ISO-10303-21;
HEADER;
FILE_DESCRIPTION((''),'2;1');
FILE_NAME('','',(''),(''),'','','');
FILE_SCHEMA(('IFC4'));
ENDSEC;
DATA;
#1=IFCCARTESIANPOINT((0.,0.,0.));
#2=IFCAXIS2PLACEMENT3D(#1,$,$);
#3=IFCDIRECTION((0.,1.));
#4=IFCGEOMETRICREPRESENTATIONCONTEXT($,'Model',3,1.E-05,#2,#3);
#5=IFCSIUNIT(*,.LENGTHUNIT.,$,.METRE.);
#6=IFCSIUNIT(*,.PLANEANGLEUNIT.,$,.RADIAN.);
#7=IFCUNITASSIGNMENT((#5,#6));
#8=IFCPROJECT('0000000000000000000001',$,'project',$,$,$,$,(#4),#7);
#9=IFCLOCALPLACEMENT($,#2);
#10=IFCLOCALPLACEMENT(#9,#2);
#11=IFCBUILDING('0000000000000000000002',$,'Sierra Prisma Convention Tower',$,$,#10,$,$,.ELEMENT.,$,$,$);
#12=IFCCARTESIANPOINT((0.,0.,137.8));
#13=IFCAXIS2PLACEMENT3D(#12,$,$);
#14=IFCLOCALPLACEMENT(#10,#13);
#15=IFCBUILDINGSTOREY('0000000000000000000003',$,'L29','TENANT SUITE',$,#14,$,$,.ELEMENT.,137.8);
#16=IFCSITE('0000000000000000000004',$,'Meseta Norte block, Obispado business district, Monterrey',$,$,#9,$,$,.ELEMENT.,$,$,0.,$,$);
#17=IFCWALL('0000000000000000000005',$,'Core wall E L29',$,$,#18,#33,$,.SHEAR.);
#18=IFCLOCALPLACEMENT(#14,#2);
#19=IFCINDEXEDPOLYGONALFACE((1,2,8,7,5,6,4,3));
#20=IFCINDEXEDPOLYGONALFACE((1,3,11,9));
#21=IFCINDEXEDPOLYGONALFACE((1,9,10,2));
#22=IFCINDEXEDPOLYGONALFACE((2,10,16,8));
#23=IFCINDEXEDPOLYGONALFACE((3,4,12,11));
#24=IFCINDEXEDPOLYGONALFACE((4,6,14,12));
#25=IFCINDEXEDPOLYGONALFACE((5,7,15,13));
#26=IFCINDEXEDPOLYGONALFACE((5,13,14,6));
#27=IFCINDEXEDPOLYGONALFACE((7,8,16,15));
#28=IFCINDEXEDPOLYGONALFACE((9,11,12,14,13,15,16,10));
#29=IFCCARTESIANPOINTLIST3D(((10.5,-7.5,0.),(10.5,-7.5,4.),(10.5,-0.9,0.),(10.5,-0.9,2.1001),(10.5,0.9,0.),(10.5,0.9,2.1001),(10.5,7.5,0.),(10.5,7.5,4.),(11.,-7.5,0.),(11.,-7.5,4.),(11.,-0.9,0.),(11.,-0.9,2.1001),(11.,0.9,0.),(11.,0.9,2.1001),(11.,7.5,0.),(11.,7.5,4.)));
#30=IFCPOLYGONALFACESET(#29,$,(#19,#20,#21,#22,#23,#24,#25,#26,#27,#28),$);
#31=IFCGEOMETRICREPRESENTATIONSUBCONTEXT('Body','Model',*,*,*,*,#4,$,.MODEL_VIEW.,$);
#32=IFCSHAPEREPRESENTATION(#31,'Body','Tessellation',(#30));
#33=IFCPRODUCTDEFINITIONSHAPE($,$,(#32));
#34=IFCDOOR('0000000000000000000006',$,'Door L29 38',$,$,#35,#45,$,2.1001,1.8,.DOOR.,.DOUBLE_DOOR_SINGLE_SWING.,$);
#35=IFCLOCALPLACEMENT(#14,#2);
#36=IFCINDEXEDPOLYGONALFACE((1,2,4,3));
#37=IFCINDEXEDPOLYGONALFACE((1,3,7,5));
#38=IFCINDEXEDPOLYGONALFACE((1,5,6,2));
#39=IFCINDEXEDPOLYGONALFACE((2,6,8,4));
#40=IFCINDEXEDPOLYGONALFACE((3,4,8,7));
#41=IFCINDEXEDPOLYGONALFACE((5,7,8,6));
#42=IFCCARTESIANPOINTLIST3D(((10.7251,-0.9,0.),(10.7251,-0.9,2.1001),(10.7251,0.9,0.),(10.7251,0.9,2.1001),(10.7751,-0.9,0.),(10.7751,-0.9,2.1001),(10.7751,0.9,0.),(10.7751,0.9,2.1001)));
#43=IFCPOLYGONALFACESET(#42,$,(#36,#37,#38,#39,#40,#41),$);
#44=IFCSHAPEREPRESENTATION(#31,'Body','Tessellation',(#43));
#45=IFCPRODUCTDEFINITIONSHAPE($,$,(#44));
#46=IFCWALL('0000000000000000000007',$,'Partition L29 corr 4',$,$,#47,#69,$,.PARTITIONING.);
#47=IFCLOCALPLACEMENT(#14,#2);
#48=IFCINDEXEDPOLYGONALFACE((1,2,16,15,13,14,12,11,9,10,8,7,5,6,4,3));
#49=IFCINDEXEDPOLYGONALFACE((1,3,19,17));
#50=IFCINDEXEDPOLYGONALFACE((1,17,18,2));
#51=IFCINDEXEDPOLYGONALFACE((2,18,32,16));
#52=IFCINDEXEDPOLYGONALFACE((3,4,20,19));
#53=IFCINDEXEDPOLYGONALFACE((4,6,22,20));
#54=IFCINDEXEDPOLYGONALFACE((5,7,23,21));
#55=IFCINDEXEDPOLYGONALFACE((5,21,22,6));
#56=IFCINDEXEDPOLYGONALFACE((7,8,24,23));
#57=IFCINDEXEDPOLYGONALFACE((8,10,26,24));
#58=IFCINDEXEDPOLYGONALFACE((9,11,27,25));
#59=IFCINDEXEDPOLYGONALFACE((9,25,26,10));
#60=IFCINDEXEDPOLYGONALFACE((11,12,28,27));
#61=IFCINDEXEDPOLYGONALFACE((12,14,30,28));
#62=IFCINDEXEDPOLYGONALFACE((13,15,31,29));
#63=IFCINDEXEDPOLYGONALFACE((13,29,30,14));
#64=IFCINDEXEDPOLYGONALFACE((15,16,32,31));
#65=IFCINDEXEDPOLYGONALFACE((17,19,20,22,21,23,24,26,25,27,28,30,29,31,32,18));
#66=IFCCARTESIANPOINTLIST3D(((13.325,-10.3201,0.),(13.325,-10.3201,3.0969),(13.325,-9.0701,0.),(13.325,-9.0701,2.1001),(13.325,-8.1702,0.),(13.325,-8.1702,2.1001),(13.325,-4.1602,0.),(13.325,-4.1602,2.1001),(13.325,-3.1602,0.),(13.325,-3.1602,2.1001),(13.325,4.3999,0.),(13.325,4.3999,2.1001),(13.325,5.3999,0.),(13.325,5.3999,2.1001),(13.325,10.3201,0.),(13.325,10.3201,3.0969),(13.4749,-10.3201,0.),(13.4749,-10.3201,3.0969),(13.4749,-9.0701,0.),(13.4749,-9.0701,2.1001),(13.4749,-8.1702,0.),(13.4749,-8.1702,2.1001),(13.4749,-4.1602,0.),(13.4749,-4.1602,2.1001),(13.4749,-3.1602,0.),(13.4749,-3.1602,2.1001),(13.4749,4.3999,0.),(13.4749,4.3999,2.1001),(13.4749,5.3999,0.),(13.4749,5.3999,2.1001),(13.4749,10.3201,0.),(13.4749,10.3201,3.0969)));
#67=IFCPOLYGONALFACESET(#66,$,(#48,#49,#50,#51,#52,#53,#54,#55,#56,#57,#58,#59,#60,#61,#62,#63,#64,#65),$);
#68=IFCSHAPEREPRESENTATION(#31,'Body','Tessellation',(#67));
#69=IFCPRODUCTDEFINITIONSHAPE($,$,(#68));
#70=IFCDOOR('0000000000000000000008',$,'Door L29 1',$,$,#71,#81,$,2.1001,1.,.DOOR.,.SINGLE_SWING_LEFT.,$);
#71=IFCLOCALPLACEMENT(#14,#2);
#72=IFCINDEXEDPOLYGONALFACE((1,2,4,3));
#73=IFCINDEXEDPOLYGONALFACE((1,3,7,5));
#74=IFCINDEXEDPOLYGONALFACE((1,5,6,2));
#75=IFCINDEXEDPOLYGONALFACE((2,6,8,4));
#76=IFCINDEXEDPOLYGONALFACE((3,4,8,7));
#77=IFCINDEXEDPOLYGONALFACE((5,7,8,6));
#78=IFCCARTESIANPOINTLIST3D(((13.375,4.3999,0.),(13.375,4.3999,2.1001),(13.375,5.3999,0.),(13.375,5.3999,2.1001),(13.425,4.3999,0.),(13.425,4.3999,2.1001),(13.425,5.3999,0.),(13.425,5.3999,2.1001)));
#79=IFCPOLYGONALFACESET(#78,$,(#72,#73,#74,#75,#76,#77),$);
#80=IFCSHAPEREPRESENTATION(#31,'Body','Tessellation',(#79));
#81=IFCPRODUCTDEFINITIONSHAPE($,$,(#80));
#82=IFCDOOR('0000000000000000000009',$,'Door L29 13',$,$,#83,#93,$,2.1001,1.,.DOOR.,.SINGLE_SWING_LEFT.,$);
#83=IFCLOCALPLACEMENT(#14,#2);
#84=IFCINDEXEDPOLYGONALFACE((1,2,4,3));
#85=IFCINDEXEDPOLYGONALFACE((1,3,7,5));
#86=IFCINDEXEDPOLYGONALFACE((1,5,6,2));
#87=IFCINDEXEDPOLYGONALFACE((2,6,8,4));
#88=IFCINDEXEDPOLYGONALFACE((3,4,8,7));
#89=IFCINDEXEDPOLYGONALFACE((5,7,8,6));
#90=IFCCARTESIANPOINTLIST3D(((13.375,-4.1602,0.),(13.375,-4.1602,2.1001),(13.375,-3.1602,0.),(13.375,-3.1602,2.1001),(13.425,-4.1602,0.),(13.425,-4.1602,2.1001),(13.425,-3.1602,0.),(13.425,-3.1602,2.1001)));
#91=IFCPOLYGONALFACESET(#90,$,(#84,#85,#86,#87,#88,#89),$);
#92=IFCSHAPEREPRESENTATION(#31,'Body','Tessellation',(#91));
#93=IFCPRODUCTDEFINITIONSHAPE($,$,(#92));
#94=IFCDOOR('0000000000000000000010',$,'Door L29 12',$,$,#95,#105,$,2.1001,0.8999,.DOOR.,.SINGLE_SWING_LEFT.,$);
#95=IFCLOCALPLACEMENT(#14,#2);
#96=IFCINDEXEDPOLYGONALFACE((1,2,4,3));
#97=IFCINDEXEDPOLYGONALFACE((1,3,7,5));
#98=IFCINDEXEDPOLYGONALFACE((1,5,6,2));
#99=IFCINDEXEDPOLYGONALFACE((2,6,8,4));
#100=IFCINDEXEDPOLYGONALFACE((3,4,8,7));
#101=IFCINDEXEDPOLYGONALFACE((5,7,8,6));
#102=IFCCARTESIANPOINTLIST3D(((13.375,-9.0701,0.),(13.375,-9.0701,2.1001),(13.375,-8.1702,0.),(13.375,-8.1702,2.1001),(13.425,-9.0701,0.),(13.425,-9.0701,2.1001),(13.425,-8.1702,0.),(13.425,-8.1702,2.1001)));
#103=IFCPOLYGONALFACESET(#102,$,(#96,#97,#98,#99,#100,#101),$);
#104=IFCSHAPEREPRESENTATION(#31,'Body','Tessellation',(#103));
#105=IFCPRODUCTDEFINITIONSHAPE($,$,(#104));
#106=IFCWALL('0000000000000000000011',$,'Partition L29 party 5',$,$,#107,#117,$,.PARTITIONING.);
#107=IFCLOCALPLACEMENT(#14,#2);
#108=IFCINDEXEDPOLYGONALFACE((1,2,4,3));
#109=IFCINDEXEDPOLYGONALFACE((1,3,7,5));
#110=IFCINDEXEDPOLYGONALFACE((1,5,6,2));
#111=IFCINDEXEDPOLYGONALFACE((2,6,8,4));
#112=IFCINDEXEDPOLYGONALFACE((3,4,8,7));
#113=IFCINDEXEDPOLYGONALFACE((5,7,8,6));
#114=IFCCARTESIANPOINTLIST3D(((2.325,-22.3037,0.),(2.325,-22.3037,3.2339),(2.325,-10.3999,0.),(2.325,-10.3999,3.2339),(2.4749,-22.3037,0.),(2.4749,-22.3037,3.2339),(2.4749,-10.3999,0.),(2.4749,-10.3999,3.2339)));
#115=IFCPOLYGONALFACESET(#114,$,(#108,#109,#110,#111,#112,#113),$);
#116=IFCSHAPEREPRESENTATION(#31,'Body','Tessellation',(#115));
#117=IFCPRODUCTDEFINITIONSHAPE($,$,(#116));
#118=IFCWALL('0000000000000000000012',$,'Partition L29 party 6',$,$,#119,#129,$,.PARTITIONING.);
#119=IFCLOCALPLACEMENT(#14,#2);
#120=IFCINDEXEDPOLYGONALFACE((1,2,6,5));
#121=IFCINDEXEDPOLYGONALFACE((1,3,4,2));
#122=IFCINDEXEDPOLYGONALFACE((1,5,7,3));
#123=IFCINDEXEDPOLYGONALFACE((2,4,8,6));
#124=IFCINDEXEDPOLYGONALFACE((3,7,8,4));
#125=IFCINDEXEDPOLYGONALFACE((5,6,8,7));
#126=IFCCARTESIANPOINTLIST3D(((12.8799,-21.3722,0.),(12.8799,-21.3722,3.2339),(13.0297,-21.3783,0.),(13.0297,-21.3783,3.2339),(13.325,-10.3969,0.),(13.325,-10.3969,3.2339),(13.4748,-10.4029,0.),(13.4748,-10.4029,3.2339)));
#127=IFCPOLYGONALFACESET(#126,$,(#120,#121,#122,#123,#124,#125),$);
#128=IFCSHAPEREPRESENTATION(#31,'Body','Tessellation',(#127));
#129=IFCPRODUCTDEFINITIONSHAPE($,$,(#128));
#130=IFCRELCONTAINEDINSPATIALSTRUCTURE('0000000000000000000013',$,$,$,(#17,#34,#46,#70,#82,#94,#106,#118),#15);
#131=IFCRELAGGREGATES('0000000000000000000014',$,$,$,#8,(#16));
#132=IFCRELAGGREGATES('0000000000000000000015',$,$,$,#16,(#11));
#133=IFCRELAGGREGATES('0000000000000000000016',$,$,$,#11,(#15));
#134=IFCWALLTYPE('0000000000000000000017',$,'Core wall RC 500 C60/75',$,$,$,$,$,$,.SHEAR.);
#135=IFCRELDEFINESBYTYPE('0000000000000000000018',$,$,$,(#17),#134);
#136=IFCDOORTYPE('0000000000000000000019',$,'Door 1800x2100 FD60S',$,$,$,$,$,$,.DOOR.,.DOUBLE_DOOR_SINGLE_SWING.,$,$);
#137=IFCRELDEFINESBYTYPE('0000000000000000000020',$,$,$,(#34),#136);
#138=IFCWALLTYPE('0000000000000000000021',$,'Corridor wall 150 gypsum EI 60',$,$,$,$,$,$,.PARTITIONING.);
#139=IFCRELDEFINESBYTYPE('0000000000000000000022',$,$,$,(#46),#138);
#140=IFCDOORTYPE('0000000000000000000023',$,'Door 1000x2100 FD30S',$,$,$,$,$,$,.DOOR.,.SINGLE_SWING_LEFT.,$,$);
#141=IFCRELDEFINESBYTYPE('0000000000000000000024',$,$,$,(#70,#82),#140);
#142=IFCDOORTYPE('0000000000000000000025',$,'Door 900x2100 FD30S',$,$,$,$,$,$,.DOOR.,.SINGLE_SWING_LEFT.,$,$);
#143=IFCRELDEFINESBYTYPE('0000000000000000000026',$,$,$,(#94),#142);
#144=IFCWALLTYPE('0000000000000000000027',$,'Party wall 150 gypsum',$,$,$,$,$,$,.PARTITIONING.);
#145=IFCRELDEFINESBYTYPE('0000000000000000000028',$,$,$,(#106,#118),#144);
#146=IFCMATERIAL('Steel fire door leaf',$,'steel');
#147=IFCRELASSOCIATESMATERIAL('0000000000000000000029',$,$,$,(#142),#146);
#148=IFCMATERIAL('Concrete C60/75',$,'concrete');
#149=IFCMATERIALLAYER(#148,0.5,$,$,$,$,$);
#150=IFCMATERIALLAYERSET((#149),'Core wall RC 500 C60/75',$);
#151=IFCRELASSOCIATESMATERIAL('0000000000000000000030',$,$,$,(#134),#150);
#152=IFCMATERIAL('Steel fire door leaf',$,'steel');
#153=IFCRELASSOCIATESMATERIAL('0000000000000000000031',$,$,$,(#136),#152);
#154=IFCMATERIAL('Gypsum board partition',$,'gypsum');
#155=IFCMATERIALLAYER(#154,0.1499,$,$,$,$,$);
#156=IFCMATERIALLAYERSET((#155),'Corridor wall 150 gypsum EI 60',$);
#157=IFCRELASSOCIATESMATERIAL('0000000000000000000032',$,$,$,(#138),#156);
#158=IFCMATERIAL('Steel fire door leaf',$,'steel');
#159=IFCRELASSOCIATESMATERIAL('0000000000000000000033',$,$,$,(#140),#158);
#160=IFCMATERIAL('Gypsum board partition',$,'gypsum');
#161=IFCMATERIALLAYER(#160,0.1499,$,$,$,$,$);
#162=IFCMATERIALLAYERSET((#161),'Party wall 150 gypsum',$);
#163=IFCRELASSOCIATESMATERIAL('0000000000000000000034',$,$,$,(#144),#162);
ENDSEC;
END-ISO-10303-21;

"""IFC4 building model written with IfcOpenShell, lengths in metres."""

from ifc_helpers import new_model, si_unit, direction, frame, frame_2d, origin, place, context, subcontext, project, spatial, rectangle, extrude, material, layer, layer_set, type_object, element, fill, save


model = new_model("IFC4")

# Units and contexts
model_context = context("Model", 3, precision=1e-05, world=origin(), true_north=direction((0.0, 1.0)))
body_context = subcontext(model_context, "Body", "Model", "MODEL_VIEW")
ifc_project = project(units=[si_unit("LENGTHUNIT", "METRE"), si_unit("PLANEANGLEUNIT", "RADIAN")], contexts=[model_context])

# Site, building, storey
site_placement = place(None, origin())
site = spatial("IfcSite", under=ifc_project, at=site_placement, Name="Meseta Norte block, Obispado business district, Monterrey", CompositionType="ELEMENT", RefElevation=0.0)
building_placement = place(site_placement, origin())
building = spatial("IfcBuilding", under=site, at=building_placement, Name="Sierra Prisma Convention Tower", CompositionType="ELEMENT")
storey_placement = place(building_placement, frame((0.0, 0.0, 137.8)))
storey = spatial("IfcBuildingStorey", under=building, at=storey_placement, Name="L29", Description="TENANT SUITE", CompositionType="ELEMENT", Elevation=137.8)

# Shared definitions
ifc_material_1 = material(Name="Steel fire door leaf", Category="steel")
door_type_1 = type_object("IfcDoorType", Name="Door 900x2100 FD30S", OperationType="SINGLE_SWING_LEFT", PredefinedType="DOOR", material=ifc_material_1)

# Wall, opening, door
ifc_material_2 = material(Name="Concrete C60/75", Category="concrete")
ifc_layer_1 = layer(ifc_material_2, 0.5)
ifc_layer_set_1 = layer_set([ifc_layer_1], Name="Core wall RC 500 C60/75")
wall_type_1 = type_object("IfcWallType", Name="Core wall RC 500 C60/75", PredefinedType="SHEAR", material=ifc_layer_set_1)
wall_1_placement = place(storey_placement, frame((10.75, -7.5, 0.0), z_axis=(0.0, 0.0, 1.0), x_axis=(0.0, 1.0, 0.0)))
wall_1 = element("IfcWall", 1, at=wall_1_placement, inside=storey, type_object=wall_type_1, Name="Core wall E L29", PredefinedType="SHEAR", context=body_context, shape_type="SweptSolid", body=[
    extrude(rectangle(XDim=15.0, YDim=0.5, at=frame_2d((7.5, 0.0))), origin(), (0.0, 0.0, 1.0), 4.0),
])
opening_1_placement = place(wall_1_placement, frame((6.6001, 0.0, 0.0)))
opening_1 = element("IfcOpeningElement", 2, at=opening_1_placement, cuts=wall_1, PredefinedType="OPENING", context=body_context, shape_type="SweptSolid", body=[
    extrude(rectangle(XDim=1.8, YDim=2.1001, at=frame_2d((0.8999, 1.05))), frame((0.0, 0.25, 0.0), z_axis=(0.0, -1.0, 0.0), x_axis=(1.0, 0.0, 0.0)), (0.0, 0.0, 1.0), 0.5),
])
ifc_material_3 = material(Name="Steel fire door leaf", Category="steel")
door_type_2 = type_object("IfcDoorType", Name="Door 1800x2100 FD60S", OperationType="DOUBLE_DOOR_SINGLE_SWING", PredefinedType="DOOR", material=ifc_material_3)
door_1_placement = place(opening_1_placement, origin())
door_1 = element("IfcDoor", 3, at=door_1_placement, inside=storey, type_object=door_type_2, Name="Door L29 38", OperationType="DOUBLE_DOOR_SINGLE_SWING", OverallHeight=2.1001, OverallWidth=1.8, PredefinedType="DOOR", context=body_context, shape_type="SweptSolid", body=[
    extrude(rectangle(XDim=1.8, YDim=2.1001, at=frame_2d((0.8999, 1.05))), frame((0.0, 0.0249, 0.0), z_axis=(0.0, -1.0, 0.0), x_axis=(1.0, 0.0, 0.0)), (0.0, 0.0, 1.0), 0.05),
])
fill(opening_1, door_1)

# Wall, openings, doors
ifc_material_4 = material(Name="Gypsum board partition", Category="gypsum")
ifc_layer_2 = layer(ifc_material_4, 0.1499)
ifc_layer_set_2 = layer_set([ifc_layer_2], Name="Corridor wall 150 gypsum EI 60")
wall_type_2 = type_object("IfcWallType", Name="Corridor wall 150 gypsum EI 60", PredefinedType="PARTITIONING", material=ifc_layer_set_2)
wall_2_placement = place(storey_placement, frame((13.3999, -10.3201, 0.0), z_axis=(0.0, 0.0, 1.0), x_axis=(0.0, 1.0, 0.0)))
wall_2 = element("IfcWall", 4, at=wall_2_placement, inside=storey, type_object=wall_type_2, Name="Partition L29 corr 4", PredefinedType="PARTITIONING", context=body_context, shape_type="SweptSolid", body=[
    extrude(rectangle(XDim=20.6401, YDim=0.1499, at=frame_2d((10.3201, 0.0))), origin(), (0.0, 0.0, 1.0), 3.0969),
])
opening_2_placement = place(wall_2_placement, frame((14.72, 0.0, 0.0)))
opening_2 = element("IfcOpeningElement", 5, at=opening_2_placement, cuts=wall_2, PredefinedType="OPENING", context=body_context, shape_type="SweptSolid", body=[
    extrude(rectangle(XDim=1.0, YDim=2.1001, at=frame_2d((0.5, 1.05))), frame((0.0, 0.075, 0.0), z_axis=(0.0, -1.0, 0.0), x_axis=(1.0, 0.0, 0.0)), (0.0, 0.0, 1.0), 0.1499),
])
opening_3_placement = place(wall_2_placement, frame((1.25, 0.0, 0.0)))
opening_3 = element("IfcOpeningElement", 6, at=opening_3_placement, cuts=wall_2, PredefinedType="OPENING", context=body_context, shape_type="SweptSolid", body=[
    extrude(rectangle(XDim=0.8999, YDim=2.1001, at=frame_2d((0.45, 1.05))), frame((0.0, 0.075, 0.0), z_axis=(0.0, -1.0, 0.0), x_axis=(1.0, 0.0, 0.0)), (0.0, 0.0, 1.0), 0.1499),
])
opening_4_placement = place(wall_2_placement, frame((6.1599, 0.0, 0.0)))
opening_4 = element("IfcOpeningElement", 7, at=opening_4_placement, cuts=wall_2, PredefinedType="OPENING", context=body_context, shape_type="SweptSolid", body=[
    extrude(rectangle(XDim=1.0, YDim=2.1001, at=frame_2d((0.5, 1.05))), frame((0.0, 0.075, 0.0), z_axis=(0.0, -1.0, 0.0), x_axis=(1.0, 0.0, 0.0)), (0.0, 0.0, 1.0), 0.1499),
])
ifc_material_5 = material(Name="Steel fire door leaf", Category="steel")
door_type_3 = type_object("IfcDoorType", Name="Door 1000x2100 FD30S", OperationType="SINGLE_SWING_LEFT", PredefinedType="DOOR", material=ifc_material_5)
door_2_placement = place(opening_2_placement, origin())
door_2 = element("IfcDoor", 8, at=door_2_placement, inside=storey, type_object=door_type_3, Name="Door L29 1", OperationType="SINGLE_SWING_LEFT", OverallHeight=2.1001, OverallWidth=1.0, PredefinedType="DOOR", context=body_context, shape_type="SweptSolid", body=[
    extrude(rectangle(XDim=1.0, YDim=2.1001, at=frame_2d((0.5, 1.05))), frame((0.0, 0.0249, 0.0), z_axis=(0.0, -1.0, 0.0), x_axis=(1.0, 0.0, 0.0)), (0.0, 0.0, 1.0), 0.05),
])
fill(opening_2, door_2)
door_3_placement = place(opening_4_placement, origin())
door_3 = element("IfcDoor", 9, at=door_3_placement, inside=storey, type_object=door_type_3, Name="Door L29 13", OperationType="SINGLE_SWING_LEFT", OverallHeight=2.1001, OverallWidth=1.0, PredefinedType="DOOR", context=body_context, shape_type="SweptSolid", body=[
    extrude(rectangle(XDim=1.0, YDim=2.1001, at=frame_2d((0.5, 1.05))), frame((0.0, 0.0249, 0.0), z_axis=(0.0, -1.0, 0.0), x_axis=(1.0, 0.0, 0.0)), (0.0, 0.0, 1.0), 0.05),
])
fill(opening_4, door_3)
door_4_placement = place(opening_3_placement, origin())
door_4 = element("IfcDoor", 10, at=door_4_placement, inside=storey, type_object=door_type_1, Name="Door L29 12", OperationType="SINGLE_SWING_LEFT", OverallHeight=2.1001, OverallWidth=0.8999, PredefinedType="DOOR", context=body_context, shape_type="SweptSolid", body=[
    extrude(rectangle(XDim=0.8999, YDim=2.1001, at=frame_2d((0.45, 1.05))), frame((0.0, 0.0249, 0.0), z_axis=(0.0, -1.0, 0.0), x_axis=(1.0, 0.0, 0.0)), (0.0, 0.0, 1.0), 0.05),
])
fill(opening_3, door_4)

# Walls
ifc_material_6 = material(Name="Gypsum board partition", Category="gypsum")
ifc_layer_3 = layer(ifc_material_6, 0.1499)
ifc_layer_set_3 = layer_set([ifc_layer_3], Name="Party wall 150 gypsum")
wall_type_3 = type_object("IfcWallType", Name="Party wall 150 gypsum", PredefinedType="PARTITIONING", material=ifc_layer_set_3)
wall_3_placement = place(storey_placement, frame((2.3999, -10.3999, 0.0), z_axis=(0.0, 0.0, 1.0), x_axis=(0.0, -1.0, 0.0)))
element("IfcWall", 11, at=wall_3_placement, inside=storey, type_object=wall_type_3, Name="Partition L29 party 5", PredefinedType="PARTITIONING", context=body_context, shape_type="SweptSolid", body=[
    extrude(rectangle(XDim=11.9038, YDim=0.1499, at=frame_2d((5.9519, 0.0))), origin(), (0.0, 0.0, 1.0), 3.2339),
])
wall_4_placement = place(storey_placement, frame((13.3999, -10.3999, 0.0), z_axis=(0.0, 0.0, 1.0), x_axis=(-0.040518, -0.999179, 0.0)))
element("IfcWall", 12, at=wall_4_placement, inside=storey, type_object=wall_type_3, Name="Partition L29 party 6", PredefinedType="PARTITIONING", context=body_context, shape_type="SweptSolid", body=[
    extrude(rectangle(XDim=10.9844, YDim=0.1499, at=frame_2d((5.4922, 0.0))), origin(), (0.0, 0.0, 1.0), 3.2339),
])

save(model, "model.ifc")
